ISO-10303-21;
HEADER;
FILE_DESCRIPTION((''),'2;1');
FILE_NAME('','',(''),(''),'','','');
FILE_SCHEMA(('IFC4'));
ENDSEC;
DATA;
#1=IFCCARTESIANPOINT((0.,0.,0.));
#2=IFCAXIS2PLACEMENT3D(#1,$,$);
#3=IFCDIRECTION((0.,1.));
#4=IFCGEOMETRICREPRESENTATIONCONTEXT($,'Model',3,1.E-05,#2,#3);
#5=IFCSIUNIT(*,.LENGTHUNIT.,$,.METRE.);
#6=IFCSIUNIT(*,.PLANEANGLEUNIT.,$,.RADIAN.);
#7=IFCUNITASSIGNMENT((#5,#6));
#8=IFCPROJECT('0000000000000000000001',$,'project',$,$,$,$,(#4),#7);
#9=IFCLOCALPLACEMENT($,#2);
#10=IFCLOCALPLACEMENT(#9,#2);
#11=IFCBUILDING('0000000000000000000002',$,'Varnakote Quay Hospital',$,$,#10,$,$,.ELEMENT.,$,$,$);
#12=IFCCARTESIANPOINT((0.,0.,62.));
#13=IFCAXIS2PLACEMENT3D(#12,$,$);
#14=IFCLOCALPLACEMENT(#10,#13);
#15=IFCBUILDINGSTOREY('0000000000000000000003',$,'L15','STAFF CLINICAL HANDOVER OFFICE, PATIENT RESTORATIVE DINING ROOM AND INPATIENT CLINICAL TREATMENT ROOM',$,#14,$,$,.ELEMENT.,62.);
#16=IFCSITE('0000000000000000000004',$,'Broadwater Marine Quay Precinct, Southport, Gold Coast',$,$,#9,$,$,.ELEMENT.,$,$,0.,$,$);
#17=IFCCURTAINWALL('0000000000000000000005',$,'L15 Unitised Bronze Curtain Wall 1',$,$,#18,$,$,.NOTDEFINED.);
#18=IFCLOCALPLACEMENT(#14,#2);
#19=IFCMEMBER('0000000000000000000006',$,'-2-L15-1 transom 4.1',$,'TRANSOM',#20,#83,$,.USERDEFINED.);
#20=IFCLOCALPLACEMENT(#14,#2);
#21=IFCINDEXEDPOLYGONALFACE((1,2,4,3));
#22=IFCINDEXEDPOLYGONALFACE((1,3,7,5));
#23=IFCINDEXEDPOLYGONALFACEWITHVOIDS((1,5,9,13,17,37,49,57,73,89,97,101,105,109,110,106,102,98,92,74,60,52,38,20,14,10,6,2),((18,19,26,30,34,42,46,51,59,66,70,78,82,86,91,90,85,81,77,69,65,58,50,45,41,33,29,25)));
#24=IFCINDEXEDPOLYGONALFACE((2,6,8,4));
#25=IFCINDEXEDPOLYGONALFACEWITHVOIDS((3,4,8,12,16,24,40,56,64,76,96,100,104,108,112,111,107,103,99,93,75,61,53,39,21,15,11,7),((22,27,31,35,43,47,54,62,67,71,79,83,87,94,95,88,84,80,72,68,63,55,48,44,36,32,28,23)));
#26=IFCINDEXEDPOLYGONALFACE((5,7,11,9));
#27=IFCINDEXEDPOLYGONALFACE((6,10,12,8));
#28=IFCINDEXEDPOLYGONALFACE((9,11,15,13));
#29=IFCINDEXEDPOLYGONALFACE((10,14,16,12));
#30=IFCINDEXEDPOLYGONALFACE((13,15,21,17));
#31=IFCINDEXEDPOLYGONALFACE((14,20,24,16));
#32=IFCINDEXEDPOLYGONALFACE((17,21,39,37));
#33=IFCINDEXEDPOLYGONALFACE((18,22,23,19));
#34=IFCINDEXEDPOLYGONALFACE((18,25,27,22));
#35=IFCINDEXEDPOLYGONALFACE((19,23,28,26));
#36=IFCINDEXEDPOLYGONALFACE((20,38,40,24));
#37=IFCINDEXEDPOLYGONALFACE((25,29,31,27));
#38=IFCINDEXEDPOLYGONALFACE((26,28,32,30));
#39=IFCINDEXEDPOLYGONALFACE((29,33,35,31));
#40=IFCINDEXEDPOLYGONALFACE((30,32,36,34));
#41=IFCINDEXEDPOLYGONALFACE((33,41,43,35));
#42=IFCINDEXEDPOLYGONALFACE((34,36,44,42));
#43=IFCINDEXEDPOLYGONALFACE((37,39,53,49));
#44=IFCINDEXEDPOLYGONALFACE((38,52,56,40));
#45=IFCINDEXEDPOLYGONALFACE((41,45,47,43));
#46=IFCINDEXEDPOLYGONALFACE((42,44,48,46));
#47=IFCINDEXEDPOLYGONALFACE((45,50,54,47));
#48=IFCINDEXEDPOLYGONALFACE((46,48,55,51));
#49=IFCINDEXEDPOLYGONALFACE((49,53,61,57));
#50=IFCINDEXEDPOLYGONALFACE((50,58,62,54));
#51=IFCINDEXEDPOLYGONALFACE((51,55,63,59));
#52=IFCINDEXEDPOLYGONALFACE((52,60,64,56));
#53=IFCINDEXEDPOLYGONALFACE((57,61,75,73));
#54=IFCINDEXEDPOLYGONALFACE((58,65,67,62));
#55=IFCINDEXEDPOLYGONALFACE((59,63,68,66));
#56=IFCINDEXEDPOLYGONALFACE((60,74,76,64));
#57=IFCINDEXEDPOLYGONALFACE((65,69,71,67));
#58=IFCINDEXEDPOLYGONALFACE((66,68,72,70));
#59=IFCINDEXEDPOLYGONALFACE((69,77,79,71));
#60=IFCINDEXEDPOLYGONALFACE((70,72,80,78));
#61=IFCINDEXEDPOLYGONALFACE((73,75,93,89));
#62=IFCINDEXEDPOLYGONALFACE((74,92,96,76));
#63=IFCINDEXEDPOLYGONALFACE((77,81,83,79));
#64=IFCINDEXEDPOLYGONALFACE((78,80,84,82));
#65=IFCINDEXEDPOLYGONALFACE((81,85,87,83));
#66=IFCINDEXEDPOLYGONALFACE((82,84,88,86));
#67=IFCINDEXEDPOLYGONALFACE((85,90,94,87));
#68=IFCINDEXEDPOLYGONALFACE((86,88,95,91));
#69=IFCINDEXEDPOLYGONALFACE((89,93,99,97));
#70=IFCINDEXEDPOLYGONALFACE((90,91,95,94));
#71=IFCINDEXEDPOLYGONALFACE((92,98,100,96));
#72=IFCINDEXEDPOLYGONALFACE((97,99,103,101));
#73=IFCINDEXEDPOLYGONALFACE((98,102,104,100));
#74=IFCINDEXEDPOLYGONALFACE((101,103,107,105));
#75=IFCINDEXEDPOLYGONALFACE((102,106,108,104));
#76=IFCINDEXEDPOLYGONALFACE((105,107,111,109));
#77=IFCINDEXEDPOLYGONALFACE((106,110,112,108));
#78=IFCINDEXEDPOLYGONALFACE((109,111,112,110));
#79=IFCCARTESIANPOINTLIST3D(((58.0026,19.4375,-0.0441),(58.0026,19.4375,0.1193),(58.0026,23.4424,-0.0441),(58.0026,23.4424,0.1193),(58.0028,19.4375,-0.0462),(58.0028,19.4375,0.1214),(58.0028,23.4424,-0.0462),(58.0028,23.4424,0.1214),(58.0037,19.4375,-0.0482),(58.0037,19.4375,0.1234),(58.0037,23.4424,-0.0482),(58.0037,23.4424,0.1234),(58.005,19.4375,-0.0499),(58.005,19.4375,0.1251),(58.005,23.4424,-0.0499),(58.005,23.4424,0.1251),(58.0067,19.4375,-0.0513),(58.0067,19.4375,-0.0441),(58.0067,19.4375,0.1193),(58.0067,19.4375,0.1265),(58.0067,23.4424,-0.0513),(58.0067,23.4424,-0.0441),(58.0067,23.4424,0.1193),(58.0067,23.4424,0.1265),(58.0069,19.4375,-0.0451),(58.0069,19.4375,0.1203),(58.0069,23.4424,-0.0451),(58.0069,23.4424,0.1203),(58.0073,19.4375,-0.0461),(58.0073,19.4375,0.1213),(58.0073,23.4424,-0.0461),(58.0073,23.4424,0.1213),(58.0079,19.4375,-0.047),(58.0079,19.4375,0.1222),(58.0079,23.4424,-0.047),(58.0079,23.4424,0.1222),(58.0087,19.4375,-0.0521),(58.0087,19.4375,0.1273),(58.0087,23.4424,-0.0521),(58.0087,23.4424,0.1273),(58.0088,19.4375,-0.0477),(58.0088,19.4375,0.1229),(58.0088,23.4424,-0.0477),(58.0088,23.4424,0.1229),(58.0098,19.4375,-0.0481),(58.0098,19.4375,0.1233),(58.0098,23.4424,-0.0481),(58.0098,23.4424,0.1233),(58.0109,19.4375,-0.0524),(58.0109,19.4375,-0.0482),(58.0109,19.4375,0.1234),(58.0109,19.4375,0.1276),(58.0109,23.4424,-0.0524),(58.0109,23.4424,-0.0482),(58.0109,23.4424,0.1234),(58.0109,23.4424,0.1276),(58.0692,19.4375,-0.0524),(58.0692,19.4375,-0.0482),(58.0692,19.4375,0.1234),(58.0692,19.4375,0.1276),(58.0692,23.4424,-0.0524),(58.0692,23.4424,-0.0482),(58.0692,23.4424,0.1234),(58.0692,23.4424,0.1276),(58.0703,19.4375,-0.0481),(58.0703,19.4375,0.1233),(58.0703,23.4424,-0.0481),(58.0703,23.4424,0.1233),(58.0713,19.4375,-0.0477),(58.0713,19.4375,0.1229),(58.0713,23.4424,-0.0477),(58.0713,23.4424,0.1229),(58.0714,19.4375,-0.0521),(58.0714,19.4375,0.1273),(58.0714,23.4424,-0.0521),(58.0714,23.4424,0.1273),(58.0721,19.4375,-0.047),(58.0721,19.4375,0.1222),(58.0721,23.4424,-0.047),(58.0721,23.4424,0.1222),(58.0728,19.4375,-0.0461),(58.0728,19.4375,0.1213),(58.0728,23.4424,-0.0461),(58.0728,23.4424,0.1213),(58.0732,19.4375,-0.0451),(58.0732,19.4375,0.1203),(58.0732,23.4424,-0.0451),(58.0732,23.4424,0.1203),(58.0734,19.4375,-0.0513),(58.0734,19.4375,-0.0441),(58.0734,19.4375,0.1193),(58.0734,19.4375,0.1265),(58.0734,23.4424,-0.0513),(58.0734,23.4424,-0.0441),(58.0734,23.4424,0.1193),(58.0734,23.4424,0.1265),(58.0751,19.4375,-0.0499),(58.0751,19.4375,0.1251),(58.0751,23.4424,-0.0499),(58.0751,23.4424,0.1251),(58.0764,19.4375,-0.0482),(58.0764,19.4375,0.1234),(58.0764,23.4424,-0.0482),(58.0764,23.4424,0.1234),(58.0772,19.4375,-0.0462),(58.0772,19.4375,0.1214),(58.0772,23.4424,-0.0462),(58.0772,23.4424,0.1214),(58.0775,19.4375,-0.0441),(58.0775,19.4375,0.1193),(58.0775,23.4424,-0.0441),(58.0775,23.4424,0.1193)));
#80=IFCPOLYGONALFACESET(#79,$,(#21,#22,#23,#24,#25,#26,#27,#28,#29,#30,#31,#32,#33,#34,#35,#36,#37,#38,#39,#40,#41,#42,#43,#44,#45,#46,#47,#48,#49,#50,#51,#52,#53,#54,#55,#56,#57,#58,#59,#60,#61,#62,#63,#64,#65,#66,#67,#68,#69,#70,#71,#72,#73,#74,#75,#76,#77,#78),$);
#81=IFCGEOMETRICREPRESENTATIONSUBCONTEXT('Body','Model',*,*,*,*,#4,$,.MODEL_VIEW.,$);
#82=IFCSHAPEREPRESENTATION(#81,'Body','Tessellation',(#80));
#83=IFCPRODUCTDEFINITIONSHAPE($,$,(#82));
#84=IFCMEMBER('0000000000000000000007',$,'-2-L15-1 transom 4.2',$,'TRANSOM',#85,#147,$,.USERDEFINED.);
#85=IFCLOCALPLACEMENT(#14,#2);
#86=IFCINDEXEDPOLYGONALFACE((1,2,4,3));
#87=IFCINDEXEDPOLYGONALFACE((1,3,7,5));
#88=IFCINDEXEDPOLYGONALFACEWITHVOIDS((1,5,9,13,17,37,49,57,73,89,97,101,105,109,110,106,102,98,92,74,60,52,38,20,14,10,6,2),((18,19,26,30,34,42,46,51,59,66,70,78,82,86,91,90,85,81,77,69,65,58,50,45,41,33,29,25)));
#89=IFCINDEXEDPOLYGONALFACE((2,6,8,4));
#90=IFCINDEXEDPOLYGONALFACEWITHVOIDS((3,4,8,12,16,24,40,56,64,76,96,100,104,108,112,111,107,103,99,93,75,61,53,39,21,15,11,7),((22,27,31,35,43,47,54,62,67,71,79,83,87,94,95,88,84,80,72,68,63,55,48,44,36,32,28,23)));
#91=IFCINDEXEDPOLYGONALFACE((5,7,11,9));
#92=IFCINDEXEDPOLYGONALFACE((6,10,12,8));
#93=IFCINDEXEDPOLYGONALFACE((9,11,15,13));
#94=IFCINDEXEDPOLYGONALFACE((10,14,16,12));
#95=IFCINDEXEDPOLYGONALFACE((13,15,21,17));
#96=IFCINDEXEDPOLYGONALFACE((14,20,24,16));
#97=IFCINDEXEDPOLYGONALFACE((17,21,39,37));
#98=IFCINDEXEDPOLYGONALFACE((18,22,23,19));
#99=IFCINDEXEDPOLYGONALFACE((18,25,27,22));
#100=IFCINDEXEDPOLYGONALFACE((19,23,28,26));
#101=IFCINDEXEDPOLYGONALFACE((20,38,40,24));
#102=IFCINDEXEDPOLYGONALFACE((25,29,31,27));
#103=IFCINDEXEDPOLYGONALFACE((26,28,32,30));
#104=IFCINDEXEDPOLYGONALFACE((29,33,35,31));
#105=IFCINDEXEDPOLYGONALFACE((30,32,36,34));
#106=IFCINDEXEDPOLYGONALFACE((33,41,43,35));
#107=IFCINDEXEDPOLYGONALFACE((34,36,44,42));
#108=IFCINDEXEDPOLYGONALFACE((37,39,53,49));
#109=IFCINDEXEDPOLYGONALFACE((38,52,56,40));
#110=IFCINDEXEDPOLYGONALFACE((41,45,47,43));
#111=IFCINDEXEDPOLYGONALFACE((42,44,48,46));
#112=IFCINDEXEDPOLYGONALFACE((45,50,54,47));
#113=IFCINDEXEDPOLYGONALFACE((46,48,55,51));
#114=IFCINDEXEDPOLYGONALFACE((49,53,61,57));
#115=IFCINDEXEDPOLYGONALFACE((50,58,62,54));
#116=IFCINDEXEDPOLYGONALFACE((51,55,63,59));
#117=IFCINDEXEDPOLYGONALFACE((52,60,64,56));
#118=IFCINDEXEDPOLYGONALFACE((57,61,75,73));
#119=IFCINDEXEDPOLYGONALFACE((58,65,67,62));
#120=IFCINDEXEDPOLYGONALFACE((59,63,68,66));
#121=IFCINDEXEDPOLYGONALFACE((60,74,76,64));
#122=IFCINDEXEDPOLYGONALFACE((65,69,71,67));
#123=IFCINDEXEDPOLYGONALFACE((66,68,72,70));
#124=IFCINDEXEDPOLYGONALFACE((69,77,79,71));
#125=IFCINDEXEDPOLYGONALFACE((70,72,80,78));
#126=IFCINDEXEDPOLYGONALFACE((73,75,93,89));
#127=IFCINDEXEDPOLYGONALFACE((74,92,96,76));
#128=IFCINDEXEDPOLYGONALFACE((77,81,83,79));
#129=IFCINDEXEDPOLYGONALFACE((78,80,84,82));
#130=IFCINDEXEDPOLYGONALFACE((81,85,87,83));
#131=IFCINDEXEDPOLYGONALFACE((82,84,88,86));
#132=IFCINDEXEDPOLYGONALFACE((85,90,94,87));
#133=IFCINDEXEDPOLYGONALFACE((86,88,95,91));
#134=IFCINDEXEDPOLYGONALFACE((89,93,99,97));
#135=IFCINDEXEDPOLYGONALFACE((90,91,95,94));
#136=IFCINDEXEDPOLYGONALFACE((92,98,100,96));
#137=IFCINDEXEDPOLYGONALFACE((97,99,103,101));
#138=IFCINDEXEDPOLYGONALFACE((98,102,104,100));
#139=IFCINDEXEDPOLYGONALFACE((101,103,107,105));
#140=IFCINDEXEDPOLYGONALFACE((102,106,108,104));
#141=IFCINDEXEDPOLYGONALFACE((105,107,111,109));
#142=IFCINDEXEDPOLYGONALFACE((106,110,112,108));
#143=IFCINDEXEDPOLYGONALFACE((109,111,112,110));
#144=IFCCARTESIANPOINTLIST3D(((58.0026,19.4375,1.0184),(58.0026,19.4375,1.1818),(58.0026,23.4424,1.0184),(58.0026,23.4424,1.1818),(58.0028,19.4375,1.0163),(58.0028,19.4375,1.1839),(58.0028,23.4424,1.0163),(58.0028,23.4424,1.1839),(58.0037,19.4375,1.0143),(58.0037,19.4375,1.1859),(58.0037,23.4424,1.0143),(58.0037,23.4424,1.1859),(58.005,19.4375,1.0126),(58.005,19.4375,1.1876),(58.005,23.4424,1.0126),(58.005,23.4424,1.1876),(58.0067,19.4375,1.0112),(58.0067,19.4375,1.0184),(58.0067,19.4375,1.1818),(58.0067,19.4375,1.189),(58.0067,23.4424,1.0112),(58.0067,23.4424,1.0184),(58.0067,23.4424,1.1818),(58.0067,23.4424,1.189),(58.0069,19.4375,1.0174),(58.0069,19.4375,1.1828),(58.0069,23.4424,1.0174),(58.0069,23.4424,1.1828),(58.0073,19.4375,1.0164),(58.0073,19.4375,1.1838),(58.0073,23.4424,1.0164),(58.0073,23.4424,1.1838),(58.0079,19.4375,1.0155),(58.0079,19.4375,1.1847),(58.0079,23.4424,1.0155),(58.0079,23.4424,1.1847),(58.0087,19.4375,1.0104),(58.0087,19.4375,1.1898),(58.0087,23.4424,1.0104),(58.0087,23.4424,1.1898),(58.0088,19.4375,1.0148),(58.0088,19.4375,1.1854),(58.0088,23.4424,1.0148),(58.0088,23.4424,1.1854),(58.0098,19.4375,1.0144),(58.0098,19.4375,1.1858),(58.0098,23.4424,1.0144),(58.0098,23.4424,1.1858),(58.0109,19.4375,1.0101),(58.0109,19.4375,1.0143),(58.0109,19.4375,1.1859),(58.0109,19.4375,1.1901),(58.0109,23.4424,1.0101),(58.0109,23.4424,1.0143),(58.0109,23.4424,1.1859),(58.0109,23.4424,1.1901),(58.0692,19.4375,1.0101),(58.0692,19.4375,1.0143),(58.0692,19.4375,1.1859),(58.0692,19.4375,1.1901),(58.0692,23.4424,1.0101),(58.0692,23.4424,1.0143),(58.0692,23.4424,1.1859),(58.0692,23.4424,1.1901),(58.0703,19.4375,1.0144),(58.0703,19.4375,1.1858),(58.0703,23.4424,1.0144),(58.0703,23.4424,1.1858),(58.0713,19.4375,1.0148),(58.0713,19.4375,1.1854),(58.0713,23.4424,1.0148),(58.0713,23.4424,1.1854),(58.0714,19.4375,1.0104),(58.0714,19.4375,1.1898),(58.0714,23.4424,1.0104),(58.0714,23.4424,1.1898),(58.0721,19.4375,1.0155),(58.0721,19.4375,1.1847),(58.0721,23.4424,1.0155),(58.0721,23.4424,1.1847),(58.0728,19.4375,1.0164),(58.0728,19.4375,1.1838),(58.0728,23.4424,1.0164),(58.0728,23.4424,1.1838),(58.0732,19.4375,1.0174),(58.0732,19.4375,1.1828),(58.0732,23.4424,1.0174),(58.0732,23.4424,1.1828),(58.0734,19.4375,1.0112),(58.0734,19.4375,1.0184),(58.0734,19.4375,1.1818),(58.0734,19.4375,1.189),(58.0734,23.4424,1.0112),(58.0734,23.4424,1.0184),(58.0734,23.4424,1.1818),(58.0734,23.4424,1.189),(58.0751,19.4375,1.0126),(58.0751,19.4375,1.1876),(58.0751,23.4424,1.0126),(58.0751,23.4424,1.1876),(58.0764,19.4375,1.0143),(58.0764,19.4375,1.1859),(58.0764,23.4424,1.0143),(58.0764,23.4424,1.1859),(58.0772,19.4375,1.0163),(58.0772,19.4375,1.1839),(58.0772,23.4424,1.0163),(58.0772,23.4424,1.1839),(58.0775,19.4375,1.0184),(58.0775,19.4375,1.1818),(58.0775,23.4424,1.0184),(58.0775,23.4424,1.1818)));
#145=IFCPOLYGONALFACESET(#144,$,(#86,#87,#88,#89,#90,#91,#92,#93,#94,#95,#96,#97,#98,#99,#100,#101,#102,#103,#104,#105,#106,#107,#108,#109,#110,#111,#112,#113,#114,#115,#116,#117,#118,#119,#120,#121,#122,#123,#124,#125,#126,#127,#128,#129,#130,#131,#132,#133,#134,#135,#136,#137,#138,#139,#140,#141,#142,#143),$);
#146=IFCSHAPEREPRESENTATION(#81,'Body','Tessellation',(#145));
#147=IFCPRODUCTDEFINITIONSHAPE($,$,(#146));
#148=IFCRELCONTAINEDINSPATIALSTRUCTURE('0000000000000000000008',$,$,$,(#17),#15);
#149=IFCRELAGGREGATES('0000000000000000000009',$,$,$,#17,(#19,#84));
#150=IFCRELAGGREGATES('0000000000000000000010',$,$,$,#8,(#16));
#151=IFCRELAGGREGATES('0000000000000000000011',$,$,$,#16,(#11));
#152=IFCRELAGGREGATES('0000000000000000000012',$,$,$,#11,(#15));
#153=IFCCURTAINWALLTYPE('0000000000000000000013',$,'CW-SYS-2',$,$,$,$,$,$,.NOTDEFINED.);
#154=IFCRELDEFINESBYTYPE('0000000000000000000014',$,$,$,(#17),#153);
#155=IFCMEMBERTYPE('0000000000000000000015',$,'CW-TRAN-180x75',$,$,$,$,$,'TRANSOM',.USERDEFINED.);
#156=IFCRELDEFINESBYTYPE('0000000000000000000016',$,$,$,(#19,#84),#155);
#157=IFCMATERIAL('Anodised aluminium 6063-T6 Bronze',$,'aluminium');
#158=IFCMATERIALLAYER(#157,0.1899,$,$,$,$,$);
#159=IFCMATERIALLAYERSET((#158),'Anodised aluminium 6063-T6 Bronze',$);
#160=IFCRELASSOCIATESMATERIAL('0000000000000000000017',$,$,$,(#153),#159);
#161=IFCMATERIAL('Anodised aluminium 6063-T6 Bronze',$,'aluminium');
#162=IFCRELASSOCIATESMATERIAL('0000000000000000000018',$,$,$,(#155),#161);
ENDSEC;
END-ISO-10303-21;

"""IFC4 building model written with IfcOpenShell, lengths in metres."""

from ifc_helpers import new_model, si_unit, direction, frame, origin, origin_2d, place, context, subcontext, project, spatial, hollow_rectangle, extrude, material, layer, layer_set, material_profile, profile_set, type_object, element, aggregate, save


model = new_model("IFC4")

# Units and contexts
model_context = context("Model", 3, precision=1e-05, world=origin(), true_north=direction((0.0, 1.0)))
body_context = subcontext(model_context, "Body", "Model", "MODEL_VIEW")
ifc_project = project(units=[si_unit("LENGTHUNIT", "METRE"), si_unit("PLANEANGLEUNIT", "RADIAN")], contexts=[model_context])

# Site, building, storey
site_placement = place(None, origin())
site = spatial("IfcSite", under=ifc_project, at=site_placement, Name="Broadwater Marine Quay Precinct, Southport, Gold Coast", CompositionType="ELEMENT", RefElevation=0.0)
building_placement = place(site_placement, origin())
building = spatial("IfcBuilding", under=site, at=building_placement, Name="Varnakote Quay Hospital", CompositionType="ELEMENT")
storey_placement = place(building_placement, frame((0.0, 0.0, 62.0)))
storey = spatial("IfcBuildingStorey", under=building, at=storey_placement, Name="L15", Description="STAFF CLINICAL HANDOVER OFFICE, PATIENT RESTORATIVE DINING ROOM AND INPATIENT CLINICAL TREATMENT ROOM", CompositionType="ELEMENT", Elevation=62.0)

# Curtain wall, members
ifc_material_1 = material(Name="Anodised aluminium 6063-T6 Bronze", Category="aluminium")
ifc_layer_1 = layer(ifc_material_1, 0.1899)
ifc_layer_set_1 = layer_set([ifc_layer_1], Name="Anodised aluminium 6063-T6 Bronze")
curtain_wall_type = type_object("IfcCurtainWallType", Name="CW-SYS-2", PredefinedType="NOTDEFINED", material=ifc_layer_set_1)
curtain_wall_placement = place(storey_placement, origin())
curtain_wall = element("IfcCurtainWall", 1, at=curtain_wall_placement, inside=storey, type_object=curtain_wall_type, Name="L15 Unitised Bronze Curtain Wall 1", PredefinedType="NOTDEFINED")
ifc_material_2 = material(Name="Anodised aluminium 6063-T6 Bronze", Category="aluminium")
ifc_material_profile_1 = material_profile(ifc_material_2, hollow_rectangle(XDim=0.075, YDim=0.1799, WallThickness=0.0042, InnerFilletRadius=0.0042, OuterFilletRadius=0.0083, at=origin_2d()), Name="CW-TRAN-180x75")
ifc_profile_set_1 = profile_set([ifc_material_profile_1], Name="Anodised aluminium 6063-T6 Bronze")
member_type_1 = type_object("IfcMemberType", Name="CW-TRAN-180x75", ElementType="TRANSOM", PredefinedType="USERDEFINED", material=ifc_profile_set_1)
member_1_placement = place(storey_placement, frame((58.04, 19.4375, 0.0376), z_axis=(0.0, 1.0, 0.0), x_axis=(-1.0, 0.0, 0.0)))
member_1 = element("IfcMember", 2, at=member_1_placement, type_object=member_type_1, Name="-2-L15-1 transom 4.1", ObjectType="TRANSOM", PredefinedType="USERDEFINED", context=body_context, shape_type="SweptSolid", body=[
    extrude(hollow_rectangle(XDim=0.075, YDim=0.1799, WallThickness=0.0042, InnerFilletRadius=0.0042, OuterFilletRadius=0.0083, at=origin_2d()), origin(), (0.0, 0.0, 1.0), 4.0049),
])
member_2_placement = place(storey_placement, frame((58.04, 19.4375, 1.1001), z_axis=(0.0, 1.0, 0.0), x_axis=(-1.0, 0.0, 0.0)))
member_2 = element("IfcMember", 3, at=member_2_placement, type_object=member_type_1, Name="-2-L15-1 transom 4.2", ObjectType="TRANSOM", PredefinedType="USERDEFINED", context=body_context, shape_type="SweptSolid", body=[
    extrude(hollow_rectangle(XDim=0.075, YDim=0.1799, WallThickness=0.0042, InnerFilletRadius=0.0042, OuterFilletRadius=0.0083, at=origin_2d()), origin(), (0.0, 0.0, 1.0), 4.0049),
])
aggregate(curtain_wall, [member_1, member_2])

save(model, "model.ifc")
